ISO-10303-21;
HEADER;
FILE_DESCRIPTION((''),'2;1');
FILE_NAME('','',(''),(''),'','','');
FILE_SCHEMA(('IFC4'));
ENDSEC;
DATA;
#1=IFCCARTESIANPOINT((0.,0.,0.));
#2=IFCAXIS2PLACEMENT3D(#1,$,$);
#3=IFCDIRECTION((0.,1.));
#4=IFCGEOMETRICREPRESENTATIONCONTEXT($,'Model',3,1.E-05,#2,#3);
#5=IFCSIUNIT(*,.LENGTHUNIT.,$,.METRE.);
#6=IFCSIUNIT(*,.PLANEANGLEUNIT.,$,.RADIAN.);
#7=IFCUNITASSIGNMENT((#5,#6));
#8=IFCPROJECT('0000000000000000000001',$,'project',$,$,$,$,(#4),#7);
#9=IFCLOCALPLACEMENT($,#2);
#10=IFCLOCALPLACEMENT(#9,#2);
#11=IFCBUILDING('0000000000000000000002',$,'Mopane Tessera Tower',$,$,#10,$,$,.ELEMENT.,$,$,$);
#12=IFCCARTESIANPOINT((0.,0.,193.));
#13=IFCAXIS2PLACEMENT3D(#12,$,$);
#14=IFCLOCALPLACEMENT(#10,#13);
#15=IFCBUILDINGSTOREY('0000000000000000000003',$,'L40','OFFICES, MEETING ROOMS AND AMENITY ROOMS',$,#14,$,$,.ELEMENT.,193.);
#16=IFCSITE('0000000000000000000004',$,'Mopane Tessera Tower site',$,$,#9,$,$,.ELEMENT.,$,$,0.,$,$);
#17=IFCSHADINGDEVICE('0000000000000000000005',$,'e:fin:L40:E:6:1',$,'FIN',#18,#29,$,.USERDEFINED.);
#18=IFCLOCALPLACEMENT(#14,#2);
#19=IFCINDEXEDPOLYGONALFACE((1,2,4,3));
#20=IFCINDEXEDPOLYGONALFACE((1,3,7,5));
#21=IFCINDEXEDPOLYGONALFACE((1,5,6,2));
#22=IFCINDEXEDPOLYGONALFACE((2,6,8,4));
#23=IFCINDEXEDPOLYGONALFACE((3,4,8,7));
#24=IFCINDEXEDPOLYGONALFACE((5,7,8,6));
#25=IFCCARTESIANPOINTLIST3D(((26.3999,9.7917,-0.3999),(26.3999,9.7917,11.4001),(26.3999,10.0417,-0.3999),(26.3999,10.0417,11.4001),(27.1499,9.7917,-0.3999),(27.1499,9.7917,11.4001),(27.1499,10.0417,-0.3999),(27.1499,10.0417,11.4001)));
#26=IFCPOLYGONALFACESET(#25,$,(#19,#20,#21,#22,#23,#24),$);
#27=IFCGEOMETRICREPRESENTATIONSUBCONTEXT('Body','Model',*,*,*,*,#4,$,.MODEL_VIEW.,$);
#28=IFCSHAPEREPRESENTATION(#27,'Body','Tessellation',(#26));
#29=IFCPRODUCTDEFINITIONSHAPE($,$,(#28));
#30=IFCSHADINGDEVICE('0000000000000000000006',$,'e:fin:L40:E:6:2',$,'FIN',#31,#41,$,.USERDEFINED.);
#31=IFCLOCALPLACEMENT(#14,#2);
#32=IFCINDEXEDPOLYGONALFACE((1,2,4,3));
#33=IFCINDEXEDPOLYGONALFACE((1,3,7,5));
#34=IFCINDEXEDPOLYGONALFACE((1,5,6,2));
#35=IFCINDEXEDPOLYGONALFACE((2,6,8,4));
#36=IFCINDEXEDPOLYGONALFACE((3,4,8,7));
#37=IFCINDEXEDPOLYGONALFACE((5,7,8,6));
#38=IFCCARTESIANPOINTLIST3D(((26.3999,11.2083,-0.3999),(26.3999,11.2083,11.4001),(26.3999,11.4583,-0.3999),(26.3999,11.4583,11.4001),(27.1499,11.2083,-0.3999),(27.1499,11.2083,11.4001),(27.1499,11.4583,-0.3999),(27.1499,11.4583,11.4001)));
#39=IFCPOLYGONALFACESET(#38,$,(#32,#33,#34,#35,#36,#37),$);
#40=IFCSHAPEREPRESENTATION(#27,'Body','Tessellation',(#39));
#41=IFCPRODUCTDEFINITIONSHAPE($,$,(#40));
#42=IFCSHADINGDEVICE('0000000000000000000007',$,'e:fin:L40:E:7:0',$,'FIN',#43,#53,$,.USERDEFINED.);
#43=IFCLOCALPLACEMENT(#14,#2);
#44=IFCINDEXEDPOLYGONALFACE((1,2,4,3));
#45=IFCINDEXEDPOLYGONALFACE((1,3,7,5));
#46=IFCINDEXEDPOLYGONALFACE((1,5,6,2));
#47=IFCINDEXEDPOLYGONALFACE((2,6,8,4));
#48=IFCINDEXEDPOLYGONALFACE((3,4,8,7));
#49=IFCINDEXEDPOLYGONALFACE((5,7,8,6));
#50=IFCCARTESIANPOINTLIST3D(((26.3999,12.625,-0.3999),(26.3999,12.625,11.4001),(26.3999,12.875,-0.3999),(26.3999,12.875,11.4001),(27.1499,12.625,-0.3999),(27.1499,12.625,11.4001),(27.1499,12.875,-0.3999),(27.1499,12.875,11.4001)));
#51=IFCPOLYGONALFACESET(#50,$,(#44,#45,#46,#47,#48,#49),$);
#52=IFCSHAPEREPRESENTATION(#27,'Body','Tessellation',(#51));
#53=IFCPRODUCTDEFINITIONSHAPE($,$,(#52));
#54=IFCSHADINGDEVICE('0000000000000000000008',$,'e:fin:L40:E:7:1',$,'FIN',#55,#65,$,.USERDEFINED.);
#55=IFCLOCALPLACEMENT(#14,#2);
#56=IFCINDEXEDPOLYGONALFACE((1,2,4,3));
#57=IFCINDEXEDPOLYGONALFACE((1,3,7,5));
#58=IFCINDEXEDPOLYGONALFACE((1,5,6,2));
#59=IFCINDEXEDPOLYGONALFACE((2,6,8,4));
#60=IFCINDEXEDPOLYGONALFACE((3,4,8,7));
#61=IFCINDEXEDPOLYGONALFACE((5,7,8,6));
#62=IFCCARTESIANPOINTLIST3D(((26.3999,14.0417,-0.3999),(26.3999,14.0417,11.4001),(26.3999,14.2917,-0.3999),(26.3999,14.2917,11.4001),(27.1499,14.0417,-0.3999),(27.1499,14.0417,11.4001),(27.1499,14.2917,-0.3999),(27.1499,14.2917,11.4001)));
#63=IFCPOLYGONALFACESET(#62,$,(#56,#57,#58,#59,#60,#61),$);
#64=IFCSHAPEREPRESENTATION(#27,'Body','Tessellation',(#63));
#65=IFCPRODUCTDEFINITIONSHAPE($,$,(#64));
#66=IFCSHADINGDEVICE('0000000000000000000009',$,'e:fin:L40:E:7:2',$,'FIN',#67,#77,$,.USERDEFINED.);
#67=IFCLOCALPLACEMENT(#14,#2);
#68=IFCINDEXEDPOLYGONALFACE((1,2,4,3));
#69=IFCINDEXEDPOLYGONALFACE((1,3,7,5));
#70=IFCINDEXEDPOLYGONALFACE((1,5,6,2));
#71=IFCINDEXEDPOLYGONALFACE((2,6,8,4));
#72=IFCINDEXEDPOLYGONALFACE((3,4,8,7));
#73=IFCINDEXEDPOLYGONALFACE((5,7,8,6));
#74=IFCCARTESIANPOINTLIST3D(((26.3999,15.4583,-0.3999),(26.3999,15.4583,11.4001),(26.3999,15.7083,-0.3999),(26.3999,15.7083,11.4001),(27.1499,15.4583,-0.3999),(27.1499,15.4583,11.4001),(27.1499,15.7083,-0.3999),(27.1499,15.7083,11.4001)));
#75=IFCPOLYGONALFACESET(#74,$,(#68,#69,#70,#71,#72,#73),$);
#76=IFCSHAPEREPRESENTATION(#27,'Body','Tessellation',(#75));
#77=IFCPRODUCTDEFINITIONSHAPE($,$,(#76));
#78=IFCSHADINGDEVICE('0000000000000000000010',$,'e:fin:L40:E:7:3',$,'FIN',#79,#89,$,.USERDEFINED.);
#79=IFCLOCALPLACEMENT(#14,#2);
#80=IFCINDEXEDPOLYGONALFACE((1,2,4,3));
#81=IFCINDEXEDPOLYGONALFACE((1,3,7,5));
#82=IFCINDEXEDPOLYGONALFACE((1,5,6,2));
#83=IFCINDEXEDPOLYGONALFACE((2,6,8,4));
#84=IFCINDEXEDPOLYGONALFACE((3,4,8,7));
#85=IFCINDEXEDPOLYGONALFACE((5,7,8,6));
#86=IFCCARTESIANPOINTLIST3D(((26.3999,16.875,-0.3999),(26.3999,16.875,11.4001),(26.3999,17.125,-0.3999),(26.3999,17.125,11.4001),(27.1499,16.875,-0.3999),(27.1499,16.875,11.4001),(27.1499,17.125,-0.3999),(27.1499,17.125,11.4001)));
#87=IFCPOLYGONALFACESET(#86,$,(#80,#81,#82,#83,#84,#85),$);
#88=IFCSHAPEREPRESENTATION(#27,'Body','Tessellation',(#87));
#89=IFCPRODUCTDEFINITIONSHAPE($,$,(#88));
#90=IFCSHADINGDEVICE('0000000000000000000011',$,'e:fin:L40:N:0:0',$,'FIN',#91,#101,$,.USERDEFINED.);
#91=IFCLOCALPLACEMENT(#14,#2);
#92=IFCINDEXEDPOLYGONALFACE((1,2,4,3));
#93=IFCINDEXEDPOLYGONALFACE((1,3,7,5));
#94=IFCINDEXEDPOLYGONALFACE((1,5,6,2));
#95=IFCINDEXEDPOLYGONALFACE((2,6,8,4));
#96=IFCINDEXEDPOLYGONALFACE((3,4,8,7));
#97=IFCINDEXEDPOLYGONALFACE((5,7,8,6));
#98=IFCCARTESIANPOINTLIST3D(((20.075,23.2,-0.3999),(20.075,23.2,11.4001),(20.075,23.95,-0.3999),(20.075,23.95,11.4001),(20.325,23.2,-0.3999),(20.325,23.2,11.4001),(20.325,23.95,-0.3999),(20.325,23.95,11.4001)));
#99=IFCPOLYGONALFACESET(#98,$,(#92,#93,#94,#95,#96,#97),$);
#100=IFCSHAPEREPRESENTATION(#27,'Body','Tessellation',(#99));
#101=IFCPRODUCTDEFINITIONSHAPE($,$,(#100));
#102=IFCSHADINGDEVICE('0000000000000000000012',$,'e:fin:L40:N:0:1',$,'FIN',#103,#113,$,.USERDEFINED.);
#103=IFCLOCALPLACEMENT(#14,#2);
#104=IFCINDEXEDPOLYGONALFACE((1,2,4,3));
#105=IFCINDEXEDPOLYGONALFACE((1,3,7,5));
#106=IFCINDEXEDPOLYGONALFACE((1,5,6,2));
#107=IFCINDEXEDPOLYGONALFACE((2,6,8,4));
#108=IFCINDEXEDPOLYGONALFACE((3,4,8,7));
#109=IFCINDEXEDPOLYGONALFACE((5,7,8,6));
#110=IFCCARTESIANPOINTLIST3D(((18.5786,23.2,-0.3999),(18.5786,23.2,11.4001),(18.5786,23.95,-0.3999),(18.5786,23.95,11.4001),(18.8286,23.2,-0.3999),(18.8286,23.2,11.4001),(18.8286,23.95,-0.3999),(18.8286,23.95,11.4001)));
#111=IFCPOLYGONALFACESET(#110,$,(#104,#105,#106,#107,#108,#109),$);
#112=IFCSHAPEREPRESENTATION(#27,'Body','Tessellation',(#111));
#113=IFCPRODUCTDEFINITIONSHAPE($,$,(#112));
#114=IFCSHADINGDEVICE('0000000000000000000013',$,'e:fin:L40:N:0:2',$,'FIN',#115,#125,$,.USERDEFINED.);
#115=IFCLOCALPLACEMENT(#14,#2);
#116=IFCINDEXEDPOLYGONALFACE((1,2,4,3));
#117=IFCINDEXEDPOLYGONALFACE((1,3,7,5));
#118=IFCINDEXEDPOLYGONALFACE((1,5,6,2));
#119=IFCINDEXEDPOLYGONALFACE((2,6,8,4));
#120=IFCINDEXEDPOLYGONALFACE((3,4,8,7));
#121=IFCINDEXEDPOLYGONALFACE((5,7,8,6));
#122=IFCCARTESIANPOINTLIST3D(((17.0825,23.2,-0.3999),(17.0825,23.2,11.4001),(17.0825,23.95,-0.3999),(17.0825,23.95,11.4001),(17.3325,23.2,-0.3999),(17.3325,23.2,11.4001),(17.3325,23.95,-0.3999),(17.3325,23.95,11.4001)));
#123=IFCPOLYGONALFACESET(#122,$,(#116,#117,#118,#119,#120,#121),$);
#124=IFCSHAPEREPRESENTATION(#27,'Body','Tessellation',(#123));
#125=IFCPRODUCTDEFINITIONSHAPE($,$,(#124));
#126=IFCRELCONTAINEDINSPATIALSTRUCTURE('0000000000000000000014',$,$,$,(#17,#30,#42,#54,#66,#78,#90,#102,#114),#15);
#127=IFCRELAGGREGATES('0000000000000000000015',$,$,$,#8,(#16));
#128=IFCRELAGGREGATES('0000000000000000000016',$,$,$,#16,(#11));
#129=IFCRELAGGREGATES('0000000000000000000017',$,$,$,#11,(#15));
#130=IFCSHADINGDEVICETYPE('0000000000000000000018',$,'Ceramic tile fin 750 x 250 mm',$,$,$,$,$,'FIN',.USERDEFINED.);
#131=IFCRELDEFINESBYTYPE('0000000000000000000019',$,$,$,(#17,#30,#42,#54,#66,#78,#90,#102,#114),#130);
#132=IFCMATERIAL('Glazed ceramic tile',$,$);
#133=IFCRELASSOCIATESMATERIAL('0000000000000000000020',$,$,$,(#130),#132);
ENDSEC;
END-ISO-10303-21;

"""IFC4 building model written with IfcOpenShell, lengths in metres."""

from ifc_helpers import new_model, si_unit, direction, frame, origin, origin_2d, place, context, subcontext, project, spatial, rectangle, extrude, material, type_object, element, save


model = new_model("IFC4")

# Units and contexts
model_context = context("Model", 3, precision=1e-05, world=origin(), true_north=direction((0.0, 1.0)))
body_context = subcontext(model_context, "Body", "Model", "MODEL_VIEW")
ifc_project = project(units=[si_unit("LENGTHUNIT", "METRE"), si_unit("PLANEANGLEUNIT", "RADIAN")], contexts=[model_context])

# Site, building, storey
site_placement = place(None, origin())
site = spatial("IfcSite", under=ifc_project, at=site_placement, Name="Mopane Tessera Tower site", CompositionType="ELEMENT", RefElevation=0.0)
building_placement = place(site_placement, origin())
building = spatial("IfcBuilding", under=site, at=building_placement, Name="Mopane Tessera Tower", CompositionType="ELEMENT")
storey_placement = place(building_placement, frame((0.0, 0.0, 193.0)))
storey = spatial("IfcBuildingStorey", under=building, at=storey_placement, Name="L40", Description="OFFICES, MEETING ROOMS AND AMENITY ROOMS", CompositionType="ELEMENT", Elevation=193.0)

# Shading devices
ifc_material_1 = material(Name="Glazed ceramic tile")
shading_device_type = type_object("IfcShadingDeviceType", Name="Ceramic tile fin 750 x 250 mm", ElementType="FIN", PredefinedType="USERDEFINED", material=ifc_material_1)
for number, where, z_axis, x_axis, name in (
    (1, (26.7749, 9.9167, -0.3999), (0.0, 0.0, 1.0), (0.0, 1.0, 0.0), "e:fin:L40:E:6:1"),
    (2, (26.7749, 11.3333, -0.3999), (0.0, 0.0, 1.0), (0.0, 1.0, 0.0), "e:fin:L40:E:6:2"),
    (3, (26.7749, 12.75, -0.3999), (0.0, 0.0, 1.0), (0.0, 1.0, 0.0), "e:fin:L40:E:7:0"),
    (4, (26.7749, 14.1667, -0.3999), (0.0, 0.0, 1.0), (0.0, 1.0, 0.0), "e:fin:L40:E:7:1"),
    (5, (26.7749, 15.5833, -0.3999), (0.0, 0.0, 1.0), (0.0, 1.0, 0.0), "e:fin:L40:E:7:2"),
    (6, (26.7749, 17.0, -0.3999), (0.0, 0.0, 1.0), (0.0, 1.0, 0.0), "e:fin:L40:E:7:3"),
    (7, (20.2, 23.575, -0.3999), (0.0, 0.0, 1.0), (-1.0, 0.0, 0.0), "e:fin:L40:N:0:0"),
    (8, (18.7036, 23.575, -0.3999), (0.0, 0.0, 1.0), (-1.0, 0.0, 0.0), "e:fin:L40:N:0:1"),
    (9, (17.2075, 23.575, -0.3999), (0.0, 0.0, 1.0), (-1.0, 0.0, 0.0), "e:fin:L40:N:0:2"),
):
    element("IfcShadingDevice", number, at=place(storey_placement, frame(where, z_axis=z_axis, x_axis=x_axis)), inside=storey, type_object=shading_device_type, Name=name, ObjectType="FIN", PredefinedType="USERDEFINED", context=body_context, shape_type="SweptSolid", body=[
        extrude(rectangle(XDim=0.25, YDim=0.75, at=origin_2d()), origin(), (0.0, 0.0, 1.0), 11.8),
    ])

save(model, "model.ifc")
